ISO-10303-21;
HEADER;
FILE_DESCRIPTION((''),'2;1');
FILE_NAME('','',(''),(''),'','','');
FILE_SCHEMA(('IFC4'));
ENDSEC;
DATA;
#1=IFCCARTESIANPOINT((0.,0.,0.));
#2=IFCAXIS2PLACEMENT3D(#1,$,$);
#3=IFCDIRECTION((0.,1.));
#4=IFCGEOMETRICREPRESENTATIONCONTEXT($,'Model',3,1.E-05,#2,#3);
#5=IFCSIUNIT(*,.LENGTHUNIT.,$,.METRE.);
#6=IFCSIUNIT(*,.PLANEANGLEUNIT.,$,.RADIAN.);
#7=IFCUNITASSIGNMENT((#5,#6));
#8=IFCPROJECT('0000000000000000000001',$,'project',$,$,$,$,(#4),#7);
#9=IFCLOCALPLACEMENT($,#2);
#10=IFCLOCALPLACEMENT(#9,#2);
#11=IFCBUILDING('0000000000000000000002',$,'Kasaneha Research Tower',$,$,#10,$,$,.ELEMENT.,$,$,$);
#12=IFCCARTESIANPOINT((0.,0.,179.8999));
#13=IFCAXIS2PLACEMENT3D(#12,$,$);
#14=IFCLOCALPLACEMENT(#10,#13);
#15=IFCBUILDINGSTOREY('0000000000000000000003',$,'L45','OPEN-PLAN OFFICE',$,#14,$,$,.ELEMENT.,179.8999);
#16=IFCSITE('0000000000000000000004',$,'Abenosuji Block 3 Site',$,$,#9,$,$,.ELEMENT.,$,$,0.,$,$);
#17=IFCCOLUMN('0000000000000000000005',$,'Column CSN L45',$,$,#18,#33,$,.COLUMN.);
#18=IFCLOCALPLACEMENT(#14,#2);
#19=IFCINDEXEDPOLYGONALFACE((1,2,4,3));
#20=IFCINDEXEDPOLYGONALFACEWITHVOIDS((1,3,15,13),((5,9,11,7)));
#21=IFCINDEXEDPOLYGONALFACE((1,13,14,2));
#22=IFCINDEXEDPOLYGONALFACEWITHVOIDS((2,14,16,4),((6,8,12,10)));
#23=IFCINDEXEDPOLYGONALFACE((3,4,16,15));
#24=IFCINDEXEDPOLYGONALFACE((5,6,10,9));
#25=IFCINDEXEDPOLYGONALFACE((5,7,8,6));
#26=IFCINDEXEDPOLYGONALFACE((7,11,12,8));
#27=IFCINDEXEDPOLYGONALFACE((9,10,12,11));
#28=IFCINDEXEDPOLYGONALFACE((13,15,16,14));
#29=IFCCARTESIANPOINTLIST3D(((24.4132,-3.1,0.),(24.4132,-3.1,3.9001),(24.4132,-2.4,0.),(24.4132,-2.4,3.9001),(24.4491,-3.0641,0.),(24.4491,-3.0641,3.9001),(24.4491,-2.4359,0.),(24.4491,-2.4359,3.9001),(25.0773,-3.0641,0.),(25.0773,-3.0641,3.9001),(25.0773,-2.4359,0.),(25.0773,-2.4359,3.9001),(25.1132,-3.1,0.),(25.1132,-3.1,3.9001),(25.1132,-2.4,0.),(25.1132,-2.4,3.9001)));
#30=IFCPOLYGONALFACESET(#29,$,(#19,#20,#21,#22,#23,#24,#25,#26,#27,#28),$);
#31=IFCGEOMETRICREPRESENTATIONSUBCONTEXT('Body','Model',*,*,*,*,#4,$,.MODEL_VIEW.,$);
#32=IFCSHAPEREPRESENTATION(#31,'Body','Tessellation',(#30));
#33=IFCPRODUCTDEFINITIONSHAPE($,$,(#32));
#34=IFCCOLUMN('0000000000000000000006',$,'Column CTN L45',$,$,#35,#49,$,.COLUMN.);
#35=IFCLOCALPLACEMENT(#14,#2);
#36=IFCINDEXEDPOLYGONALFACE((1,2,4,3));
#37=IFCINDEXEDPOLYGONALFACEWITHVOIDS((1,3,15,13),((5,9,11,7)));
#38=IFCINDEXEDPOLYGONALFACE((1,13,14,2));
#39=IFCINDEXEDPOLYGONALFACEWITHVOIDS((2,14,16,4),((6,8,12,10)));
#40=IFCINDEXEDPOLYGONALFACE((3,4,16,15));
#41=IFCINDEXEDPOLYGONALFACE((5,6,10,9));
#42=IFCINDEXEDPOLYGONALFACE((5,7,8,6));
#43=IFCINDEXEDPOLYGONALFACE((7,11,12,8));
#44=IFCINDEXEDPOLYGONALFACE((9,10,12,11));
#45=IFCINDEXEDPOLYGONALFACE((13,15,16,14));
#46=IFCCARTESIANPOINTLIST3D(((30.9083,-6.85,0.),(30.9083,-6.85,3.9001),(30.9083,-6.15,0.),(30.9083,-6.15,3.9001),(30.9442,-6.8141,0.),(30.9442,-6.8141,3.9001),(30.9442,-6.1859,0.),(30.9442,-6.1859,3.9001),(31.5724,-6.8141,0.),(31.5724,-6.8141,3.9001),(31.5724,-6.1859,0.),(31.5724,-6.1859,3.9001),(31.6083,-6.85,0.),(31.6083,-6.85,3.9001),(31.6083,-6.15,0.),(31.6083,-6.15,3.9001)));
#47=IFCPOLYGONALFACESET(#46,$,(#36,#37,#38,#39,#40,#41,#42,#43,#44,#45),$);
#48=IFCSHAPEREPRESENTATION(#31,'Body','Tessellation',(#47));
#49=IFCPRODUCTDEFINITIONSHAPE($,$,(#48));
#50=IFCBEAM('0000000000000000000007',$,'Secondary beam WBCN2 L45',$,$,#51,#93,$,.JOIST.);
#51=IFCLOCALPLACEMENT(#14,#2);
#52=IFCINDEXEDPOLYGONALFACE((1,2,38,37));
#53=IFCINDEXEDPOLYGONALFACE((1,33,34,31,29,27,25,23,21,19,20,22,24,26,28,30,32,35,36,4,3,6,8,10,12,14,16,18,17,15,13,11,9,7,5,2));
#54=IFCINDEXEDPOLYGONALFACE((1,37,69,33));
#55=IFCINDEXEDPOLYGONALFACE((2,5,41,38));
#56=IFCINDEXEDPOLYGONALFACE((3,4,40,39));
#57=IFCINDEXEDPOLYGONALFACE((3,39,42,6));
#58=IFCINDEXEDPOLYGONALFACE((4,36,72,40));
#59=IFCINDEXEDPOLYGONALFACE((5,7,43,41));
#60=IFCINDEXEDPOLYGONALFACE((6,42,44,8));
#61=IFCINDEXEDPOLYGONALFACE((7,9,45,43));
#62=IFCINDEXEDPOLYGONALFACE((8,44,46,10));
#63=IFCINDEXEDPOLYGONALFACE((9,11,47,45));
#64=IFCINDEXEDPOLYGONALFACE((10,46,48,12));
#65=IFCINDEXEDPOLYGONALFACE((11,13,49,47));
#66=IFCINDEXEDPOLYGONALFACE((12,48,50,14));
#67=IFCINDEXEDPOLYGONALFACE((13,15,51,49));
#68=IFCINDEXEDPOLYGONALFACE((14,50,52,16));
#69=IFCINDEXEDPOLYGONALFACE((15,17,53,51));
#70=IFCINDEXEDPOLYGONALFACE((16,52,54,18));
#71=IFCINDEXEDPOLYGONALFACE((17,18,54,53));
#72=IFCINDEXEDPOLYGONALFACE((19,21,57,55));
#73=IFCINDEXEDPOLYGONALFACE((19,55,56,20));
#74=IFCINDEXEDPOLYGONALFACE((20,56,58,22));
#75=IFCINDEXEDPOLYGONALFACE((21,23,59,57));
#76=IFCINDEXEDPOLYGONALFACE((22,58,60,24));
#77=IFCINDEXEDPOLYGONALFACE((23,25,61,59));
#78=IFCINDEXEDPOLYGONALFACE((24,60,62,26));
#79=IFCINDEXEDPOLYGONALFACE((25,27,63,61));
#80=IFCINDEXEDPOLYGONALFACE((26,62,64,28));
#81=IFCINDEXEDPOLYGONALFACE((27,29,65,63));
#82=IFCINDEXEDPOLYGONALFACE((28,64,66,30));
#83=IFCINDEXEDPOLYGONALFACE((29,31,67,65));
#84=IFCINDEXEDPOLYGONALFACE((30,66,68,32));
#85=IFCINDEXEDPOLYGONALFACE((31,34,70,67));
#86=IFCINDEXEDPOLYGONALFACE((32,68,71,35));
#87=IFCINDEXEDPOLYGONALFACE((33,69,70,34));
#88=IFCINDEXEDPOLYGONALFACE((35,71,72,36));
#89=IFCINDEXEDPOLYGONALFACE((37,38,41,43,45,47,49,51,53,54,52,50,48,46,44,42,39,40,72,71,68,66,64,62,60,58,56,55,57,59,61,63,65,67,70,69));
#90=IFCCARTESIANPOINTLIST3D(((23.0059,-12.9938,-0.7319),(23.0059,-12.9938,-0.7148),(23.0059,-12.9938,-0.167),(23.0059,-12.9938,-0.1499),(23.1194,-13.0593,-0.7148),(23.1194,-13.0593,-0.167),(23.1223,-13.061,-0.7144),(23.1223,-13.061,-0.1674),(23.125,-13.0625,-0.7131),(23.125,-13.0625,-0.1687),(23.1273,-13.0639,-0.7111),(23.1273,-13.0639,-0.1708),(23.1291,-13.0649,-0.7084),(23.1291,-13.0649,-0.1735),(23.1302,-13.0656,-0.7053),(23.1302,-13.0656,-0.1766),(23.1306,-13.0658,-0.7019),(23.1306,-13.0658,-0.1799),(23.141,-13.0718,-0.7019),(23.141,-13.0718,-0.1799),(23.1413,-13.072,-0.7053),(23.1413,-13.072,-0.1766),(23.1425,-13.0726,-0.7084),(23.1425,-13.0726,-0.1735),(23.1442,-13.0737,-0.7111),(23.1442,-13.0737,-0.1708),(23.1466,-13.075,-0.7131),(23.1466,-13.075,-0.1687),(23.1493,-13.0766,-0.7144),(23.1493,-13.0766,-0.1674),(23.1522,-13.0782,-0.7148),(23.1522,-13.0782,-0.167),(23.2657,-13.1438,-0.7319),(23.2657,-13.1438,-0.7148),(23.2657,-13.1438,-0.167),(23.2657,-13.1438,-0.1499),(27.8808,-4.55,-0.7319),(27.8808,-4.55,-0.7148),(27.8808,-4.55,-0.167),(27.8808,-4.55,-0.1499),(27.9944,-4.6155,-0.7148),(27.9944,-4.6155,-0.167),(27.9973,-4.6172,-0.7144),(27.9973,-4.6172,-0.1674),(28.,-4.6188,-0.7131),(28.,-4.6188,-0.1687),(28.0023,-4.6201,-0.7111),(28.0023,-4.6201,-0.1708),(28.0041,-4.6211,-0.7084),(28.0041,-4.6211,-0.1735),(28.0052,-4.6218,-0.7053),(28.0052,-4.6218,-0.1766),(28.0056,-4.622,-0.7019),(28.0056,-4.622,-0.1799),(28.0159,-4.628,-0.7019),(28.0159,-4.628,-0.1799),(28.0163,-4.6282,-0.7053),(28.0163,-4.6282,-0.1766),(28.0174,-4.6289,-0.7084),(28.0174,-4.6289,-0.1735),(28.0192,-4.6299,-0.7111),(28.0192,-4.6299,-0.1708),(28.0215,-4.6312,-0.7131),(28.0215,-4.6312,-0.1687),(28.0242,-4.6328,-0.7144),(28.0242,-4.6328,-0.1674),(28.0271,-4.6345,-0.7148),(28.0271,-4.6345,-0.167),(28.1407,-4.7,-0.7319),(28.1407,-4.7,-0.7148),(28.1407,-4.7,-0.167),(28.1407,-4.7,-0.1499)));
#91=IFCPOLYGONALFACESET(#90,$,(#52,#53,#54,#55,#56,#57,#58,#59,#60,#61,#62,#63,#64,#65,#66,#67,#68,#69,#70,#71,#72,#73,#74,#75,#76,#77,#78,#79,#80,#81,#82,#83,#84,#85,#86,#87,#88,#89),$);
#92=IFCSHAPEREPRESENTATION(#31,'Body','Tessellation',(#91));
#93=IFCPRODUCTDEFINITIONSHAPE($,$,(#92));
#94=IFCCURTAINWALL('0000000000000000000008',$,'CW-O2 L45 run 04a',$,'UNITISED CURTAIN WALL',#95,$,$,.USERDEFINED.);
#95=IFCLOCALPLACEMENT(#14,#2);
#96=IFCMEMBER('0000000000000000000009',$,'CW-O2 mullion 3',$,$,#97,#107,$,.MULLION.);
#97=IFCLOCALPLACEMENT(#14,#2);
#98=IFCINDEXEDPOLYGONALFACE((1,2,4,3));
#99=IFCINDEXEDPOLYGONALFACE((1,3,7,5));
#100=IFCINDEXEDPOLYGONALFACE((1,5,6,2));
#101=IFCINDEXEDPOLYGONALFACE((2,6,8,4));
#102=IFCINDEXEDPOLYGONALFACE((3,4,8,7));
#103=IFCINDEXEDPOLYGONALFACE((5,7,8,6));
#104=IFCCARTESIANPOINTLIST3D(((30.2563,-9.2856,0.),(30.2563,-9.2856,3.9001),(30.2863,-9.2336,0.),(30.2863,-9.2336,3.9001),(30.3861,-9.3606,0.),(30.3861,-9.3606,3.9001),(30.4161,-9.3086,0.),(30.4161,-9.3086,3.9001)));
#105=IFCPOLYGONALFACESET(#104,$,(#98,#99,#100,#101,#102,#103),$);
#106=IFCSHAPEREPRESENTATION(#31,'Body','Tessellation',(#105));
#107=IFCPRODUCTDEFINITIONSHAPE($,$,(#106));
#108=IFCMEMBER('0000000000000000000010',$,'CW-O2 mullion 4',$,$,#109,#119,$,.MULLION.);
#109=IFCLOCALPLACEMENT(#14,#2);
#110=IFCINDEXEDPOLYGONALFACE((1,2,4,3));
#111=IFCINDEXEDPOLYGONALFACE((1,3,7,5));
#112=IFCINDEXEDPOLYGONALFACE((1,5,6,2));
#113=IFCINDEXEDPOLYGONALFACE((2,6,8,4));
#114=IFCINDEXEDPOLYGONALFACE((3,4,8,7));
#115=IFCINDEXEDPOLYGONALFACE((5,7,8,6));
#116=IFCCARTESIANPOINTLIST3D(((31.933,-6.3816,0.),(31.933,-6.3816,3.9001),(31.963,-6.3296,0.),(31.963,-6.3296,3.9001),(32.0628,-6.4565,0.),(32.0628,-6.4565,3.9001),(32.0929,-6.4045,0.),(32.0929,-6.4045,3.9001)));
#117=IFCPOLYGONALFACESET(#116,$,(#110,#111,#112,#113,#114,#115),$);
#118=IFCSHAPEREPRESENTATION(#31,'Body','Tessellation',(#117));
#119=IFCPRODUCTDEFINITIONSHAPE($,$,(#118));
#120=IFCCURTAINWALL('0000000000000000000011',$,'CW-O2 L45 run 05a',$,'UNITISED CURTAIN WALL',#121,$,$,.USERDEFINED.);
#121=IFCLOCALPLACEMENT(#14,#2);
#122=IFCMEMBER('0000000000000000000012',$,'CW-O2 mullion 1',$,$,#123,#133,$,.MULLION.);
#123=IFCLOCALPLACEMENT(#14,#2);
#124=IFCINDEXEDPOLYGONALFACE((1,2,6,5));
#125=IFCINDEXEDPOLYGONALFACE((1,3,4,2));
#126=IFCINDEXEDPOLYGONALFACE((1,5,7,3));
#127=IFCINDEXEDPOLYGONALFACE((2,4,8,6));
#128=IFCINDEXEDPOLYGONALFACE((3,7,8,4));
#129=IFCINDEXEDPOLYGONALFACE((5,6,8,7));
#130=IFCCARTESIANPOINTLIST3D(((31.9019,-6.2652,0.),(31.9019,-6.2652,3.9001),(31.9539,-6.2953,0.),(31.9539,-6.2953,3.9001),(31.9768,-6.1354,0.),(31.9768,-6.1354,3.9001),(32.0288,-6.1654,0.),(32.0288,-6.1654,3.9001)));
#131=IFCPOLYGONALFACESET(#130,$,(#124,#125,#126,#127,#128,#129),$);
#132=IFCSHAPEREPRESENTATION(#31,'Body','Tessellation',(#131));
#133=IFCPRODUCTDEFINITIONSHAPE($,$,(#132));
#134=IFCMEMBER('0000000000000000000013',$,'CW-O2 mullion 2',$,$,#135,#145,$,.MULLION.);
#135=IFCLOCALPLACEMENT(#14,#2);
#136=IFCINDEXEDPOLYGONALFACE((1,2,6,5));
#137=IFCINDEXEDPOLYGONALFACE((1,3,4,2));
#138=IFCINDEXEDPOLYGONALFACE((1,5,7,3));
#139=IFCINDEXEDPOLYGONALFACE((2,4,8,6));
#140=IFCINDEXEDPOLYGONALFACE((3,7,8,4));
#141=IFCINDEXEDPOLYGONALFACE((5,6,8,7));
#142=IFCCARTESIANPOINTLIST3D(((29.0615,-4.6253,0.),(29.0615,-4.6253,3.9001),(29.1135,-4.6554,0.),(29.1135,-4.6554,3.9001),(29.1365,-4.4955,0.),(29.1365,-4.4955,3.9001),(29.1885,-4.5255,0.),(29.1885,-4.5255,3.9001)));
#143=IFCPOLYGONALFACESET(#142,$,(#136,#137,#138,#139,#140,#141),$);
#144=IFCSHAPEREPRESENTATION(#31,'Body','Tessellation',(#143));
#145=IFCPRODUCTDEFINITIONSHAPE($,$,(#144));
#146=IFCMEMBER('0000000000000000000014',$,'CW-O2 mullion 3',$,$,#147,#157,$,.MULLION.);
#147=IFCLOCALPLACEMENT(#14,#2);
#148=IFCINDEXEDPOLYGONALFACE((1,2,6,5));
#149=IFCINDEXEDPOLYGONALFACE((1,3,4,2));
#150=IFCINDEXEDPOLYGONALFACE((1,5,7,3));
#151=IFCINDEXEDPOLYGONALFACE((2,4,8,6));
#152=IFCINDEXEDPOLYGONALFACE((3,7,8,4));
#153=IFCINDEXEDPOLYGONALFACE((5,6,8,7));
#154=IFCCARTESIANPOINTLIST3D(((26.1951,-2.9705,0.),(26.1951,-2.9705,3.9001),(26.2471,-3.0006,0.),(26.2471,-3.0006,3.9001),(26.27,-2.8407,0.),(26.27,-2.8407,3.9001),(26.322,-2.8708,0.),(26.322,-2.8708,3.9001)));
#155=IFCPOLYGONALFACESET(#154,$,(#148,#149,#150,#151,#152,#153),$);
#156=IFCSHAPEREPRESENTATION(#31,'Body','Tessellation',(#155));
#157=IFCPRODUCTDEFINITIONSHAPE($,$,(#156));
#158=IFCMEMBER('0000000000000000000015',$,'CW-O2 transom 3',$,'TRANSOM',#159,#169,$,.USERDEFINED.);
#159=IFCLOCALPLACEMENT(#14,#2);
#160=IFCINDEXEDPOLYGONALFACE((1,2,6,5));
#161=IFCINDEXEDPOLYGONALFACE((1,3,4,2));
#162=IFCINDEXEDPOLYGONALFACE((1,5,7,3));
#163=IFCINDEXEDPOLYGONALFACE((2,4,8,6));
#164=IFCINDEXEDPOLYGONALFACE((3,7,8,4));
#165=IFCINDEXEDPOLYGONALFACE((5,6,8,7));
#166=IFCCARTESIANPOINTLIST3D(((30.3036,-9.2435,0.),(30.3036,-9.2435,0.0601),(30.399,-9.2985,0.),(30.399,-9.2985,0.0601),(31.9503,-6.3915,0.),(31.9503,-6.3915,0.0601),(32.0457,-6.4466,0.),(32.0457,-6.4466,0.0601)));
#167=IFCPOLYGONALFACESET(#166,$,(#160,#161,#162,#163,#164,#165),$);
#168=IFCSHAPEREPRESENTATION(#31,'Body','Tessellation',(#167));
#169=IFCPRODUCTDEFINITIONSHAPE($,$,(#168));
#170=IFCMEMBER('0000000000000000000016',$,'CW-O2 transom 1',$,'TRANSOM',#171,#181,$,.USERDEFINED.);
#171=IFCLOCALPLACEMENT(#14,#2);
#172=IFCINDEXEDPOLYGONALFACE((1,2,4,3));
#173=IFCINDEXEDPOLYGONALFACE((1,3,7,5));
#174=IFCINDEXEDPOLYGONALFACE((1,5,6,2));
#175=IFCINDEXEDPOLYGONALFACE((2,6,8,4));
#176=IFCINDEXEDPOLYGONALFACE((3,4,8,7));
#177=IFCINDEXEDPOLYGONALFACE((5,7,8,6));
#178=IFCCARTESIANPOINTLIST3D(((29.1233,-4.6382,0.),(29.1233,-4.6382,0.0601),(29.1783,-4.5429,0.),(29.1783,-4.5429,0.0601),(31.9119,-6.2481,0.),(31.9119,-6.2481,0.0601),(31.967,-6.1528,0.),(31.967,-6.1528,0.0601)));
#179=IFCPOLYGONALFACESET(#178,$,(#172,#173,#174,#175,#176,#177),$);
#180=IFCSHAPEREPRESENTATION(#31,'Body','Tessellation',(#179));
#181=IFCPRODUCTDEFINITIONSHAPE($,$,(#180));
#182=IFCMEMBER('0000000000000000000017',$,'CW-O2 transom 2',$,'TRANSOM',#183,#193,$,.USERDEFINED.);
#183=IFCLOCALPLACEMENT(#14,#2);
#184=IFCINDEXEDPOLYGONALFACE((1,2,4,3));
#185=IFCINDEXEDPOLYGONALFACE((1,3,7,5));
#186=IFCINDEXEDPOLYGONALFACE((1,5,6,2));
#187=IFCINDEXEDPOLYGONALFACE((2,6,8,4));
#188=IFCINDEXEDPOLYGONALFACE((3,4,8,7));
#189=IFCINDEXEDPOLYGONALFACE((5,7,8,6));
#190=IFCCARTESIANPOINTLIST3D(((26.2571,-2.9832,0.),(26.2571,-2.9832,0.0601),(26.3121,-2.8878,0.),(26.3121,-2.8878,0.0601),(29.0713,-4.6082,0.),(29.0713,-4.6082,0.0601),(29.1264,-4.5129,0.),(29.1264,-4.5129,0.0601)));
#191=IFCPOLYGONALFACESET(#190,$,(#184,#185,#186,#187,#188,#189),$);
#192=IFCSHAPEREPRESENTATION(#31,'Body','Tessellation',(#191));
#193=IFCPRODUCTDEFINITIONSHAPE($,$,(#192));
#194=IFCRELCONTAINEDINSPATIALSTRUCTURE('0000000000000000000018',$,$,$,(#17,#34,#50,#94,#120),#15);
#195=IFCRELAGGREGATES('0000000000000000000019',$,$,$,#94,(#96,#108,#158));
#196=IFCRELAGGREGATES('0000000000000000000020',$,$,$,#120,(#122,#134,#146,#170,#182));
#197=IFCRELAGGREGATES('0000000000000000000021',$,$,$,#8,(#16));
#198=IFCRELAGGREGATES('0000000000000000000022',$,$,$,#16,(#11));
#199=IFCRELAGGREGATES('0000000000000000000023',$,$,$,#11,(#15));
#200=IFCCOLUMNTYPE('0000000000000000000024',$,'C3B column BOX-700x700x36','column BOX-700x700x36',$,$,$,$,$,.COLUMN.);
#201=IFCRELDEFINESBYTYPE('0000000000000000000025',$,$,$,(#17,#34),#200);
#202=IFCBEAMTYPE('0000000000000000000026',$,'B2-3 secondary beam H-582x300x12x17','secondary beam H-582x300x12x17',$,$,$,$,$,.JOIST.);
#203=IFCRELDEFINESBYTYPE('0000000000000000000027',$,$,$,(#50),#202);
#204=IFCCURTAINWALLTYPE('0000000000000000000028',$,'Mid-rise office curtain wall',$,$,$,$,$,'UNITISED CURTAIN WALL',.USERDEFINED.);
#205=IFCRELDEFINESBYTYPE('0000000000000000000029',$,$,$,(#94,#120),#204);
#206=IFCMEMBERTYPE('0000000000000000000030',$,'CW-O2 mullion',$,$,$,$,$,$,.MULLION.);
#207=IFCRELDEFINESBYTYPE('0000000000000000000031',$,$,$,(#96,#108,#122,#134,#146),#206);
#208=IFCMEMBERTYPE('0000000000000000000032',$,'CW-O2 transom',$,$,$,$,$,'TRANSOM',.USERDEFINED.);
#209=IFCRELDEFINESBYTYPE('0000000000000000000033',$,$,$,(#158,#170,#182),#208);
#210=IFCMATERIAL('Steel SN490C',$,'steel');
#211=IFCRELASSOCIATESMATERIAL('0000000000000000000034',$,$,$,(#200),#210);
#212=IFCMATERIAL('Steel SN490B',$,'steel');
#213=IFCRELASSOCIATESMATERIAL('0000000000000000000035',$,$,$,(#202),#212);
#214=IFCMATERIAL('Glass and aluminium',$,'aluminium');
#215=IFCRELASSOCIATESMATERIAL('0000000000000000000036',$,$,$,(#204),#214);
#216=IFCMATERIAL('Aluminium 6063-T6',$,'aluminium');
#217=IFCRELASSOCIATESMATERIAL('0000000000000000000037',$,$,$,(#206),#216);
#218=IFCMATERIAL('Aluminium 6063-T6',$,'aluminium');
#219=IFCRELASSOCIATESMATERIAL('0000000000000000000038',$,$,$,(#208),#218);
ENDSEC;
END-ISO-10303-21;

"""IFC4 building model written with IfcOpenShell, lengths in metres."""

from ifc_helpers import new_model, si_unit, direction, frame, origin, origin_2d, place, context, subcontext, project, spatial, rectangle, hollow_rectangle, i_section, extrude, material, material_profile, profile_set, type_object, element, aggregate, save


model = new_model("IFC4")

# Units and contexts
model_context = context("Model", 3, precision=1e-05, world=origin(), true_north=direction((0.0, 1.0)))
body_context = subcontext(model_context, "Body", "Model", "MODEL_VIEW")
ifc_project = project(units=[si_unit("LENGTHUNIT", "METRE"), si_unit("PLANEANGLEUNIT", "RADIAN")], contexts=[model_context])

# Site, building, storey
site_placement = place(None, origin())
site = spatial("IfcSite", under=ifc_project, at=site_placement, Name="Abenosuji Block 3 Site", CompositionType="ELEMENT", RefElevation=0.0)
building_placement = place(site_placement, origin())
building = spatial("IfcBuilding", under=site, at=building_placement, Name="Kasaneha Research Tower", CompositionType="ELEMENT")
storey_placement = place(building_placement, frame((0.0, 0.0, 179.8999)))
storey = spatial("IfcBuildingStorey", under=building, at=storey_placement, Name="L45", Description="OPEN-PLAN OFFICE", CompositionType="ELEMENT", Elevation=179.8999)

# Columns
ifc_material_1 = material(Name="Steel SN490C", Category="steel")
ifc_material_profile_1 = material_profile(ifc_material_1, hollow_rectangle(XDim=0.7, YDim=0.7, WallThickness=0.0359, at=origin_2d()), Name="BOX-700x700x36")
ifc_profile_set_1 = profile_set([ifc_material_profile_1], Name="Steel SN490C")
column_type = type_object("IfcColumnType", Name="C3B column BOX-700x700x36", Description="column BOX-700x700x36", PredefinedType="COLUMN", material=ifc_profile_set_1)
for number, where, z_axis, x_axis, name in (
    (1, (24.7632, -2.75, 0.0), (0.0, 0.0, 1.0), (1.0, 0.0, 0.0), "Column CSN L45"),
    (2, (31.2583, -6.5, 0.0), (0.0, 0.0, 1.0), (1.0, 0.0, 0.0), "Column CTN L45"),
):
    element("IfcColumn", number, at=place(storey_placement, frame(where, z_axis=z_axis, x_axis=x_axis)), inside=storey, type_object=column_type, Name=name, PredefinedType="COLUMN", context=body_context, shape_type="SweptSolid", body=[
        extrude(hollow_rectangle(XDim=0.7, YDim=0.7, WallThickness=0.0359, at=origin_2d()), origin(), (0.0, 0.0, 1.0), 3.9001),
    ])

# Beam
ifc_material_2 = material(Name="Steel SN490B", Category="steel")
ifc_material_profile_2 = material_profile(ifc_material_2, i_section(OverallWidth=0.3, OverallDepth=0.582, WebThickness=0.012, FlangeThickness=0.0171, FilletRadius=0.0129, at=origin_2d()), Name="H-582x300x12x17")
ifc_profile_set_2 = profile_set([ifc_material_profile_2], Name="Steel SN490B")
beam_type_1 = type_object("IfcBeamType", Name="B2-3 secondary beam H-582x300x12x17", Description="secondary beam H-582x300x12x17", PredefinedType="JOIST", material=ifc_profile_set_2)
beam_1_placement = place(storey_placement, frame((28.0107, -4.625, -0.4409), z_axis=(-0.499996, -0.866028, 0.0), x_axis=(0.866028, -0.499996, 0.0)))
element("IfcBeam", 3, at=beam_1_placement, inside=storey, type_object=beam_type_1, Name="Secondary beam WBCN2 L45", PredefinedType="JOIST", context=body_context, shape_type="SweptSolid", body=[
    extrude(i_section(OverallWidth=0.3, OverallDepth=0.582, WebThickness=0.012, FlangeThickness=0.0171, FilletRadius=0.0129, at=origin_2d()), origin(), (0.0, 0.0, 1.0), 9.75),
])

# Curtain walls, members
ifc_material_3 = material(Name="Glass and aluminium", Category="aluminium")
curtain_wall_type = type_object("IfcCurtainWallType", Name="Mid-rise office curtain wall", ElementType="UNITISED CURTAIN WALL", PredefinedType="USERDEFINED", material=ifc_material_3)
curtain_wall_1_placement = place(storey_placement, origin())
curtain_wall_1 = element("IfcCurtainWall", 4, at=curtain_wall_1_placement, inside=storey, type_object=curtain_wall_type, Name="CW-O2 L45 run 04a", ObjectType="UNITISED CURTAIN WALL", PredefinedType="USERDEFINED")
ifc_material_4 = material(Name="Aluminium 6063-T6", Category="aluminium")
ifc_material_profile_3 = material_profile(ifc_material_4, rectangle(XDim=0.0601, YDim=0.1499, at=origin_2d()), Name="CW-O2 mullion 60x150")
ifc_profile_set_3 = profile_set([ifc_material_profile_3], Name="Aluminium 6063-T6")
member_type_1 = type_object("IfcMemberType", Name="CW-O2 mullion", PredefinedType="MULLION", material=ifc_profile_set_3)
member_1_placement = place(storey_placement, frame((30.3362, -9.2971, 0.0), z_axis=(0.0, 0.0, 1.0), x_axis=(0.5, 0.866025, 0.0)))
member_1 = element("IfcMember", 5, at=member_1_placement, type_object=member_type_1, Name="CW-O2 mullion 3", PredefinedType="MULLION", context=body_context, shape_type="SweptSolid", body=[
    extrude(rectangle(XDim=0.0601, YDim=0.1499, at=origin_2d()), origin(), (0.0, 0.0, 1.0), 3.9001),
])
member_2_placement = place(storey_placement, frame((32.0129, -6.3931, 0.0), z_axis=(0.0, 0.0, 1.0), x_axis=(0.5, 0.866025, 0.0)))
member_2 = element("IfcMember", 6, at=member_2_placement, type_object=member_type_1, Name="CW-O2 mullion 4", PredefinedType="MULLION", context=body_context, shape_type="SweptSolid", body=[
    extrude(rectangle(XDim=0.0601, YDim=0.1499, at=origin_2d()), origin(), (0.0, 0.0, 1.0), 3.9001),
])
curtain_wall_2_placement = place(storey_placement, origin())
curtain_wall_2 = element("IfcCurtainWall", 7, at=curtain_wall_2_placement, inside=storey, type_object=curtain_wall_type, Name="CW-O2 L45 run 05a", ObjectType="UNITISED CURTAIN WALL", PredefinedType="USERDEFINED")
member_3_placement = place(storey_placement, frame((31.9653, -6.2153, 0.0), z_axis=(0.0, 0.0, 1.0), x_axis=(-0.866025, 0.5, 0.0)))
member_3 = element("IfcMember", 8, at=member_3_placement, type_object=member_type_1, Name="CW-O2 mullion 1", PredefinedType="MULLION", context=body_context, shape_type="SweptSolid", body=[
    extrude(rectangle(XDim=0.0601, YDim=0.1499, at=origin_2d()), origin(), (0.0, 0.0, 1.0), 3.9001),
])
member_4_placement = place(storey_placement, frame((29.125, -4.5754, 0.0), z_axis=(0.0, 0.0, 1.0), x_axis=(-0.866025, 0.5, 0.0)))
member_4 = element("IfcMember", 9, at=member_4_placement, type_object=member_type_1, Name="CW-O2 mullion 2", PredefinedType="MULLION", context=body_context, shape_type="SweptSolid", body=[
    extrude(rectangle(XDim=0.0601, YDim=0.1499, at=origin_2d()), origin(), (0.0, 0.0, 1.0), 3.9001),
])
member_5_placement = place(storey_placement, frame((26.2585, -2.9207, 0.0), z_axis=(0.0, 0.0, 1.0), x_axis=(-0.866025, 0.5, 0.0)))
member_5 = element("IfcMember", 10, at=member_5_placement, type_object=member_type_1, Name="CW-O2 mullion 3", PredefinedType="MULLION", context=body_context, shape_type="SweptSolid", body=[
    extrude(rectangle(XDim=0.0601, YDim=0.1499, at=origin_2d()), origin(), (0.0, 0.0, 1.0), 3.9001),
])

# Members
ifc_material_5 = material(Name="Aluminium 6063-T6", Category="aluminium")
ifc_material_profile_4 = material_profile(ifc_material_5, rectangle(XDim=0.1101, YDim=0.0601, at=origin_2d()), Name="CW-O2 transom 110x60")
ifc_profile_set_4 = profile_set([ifc_material_profile_4], Name="Aluminium 6063-T6")
member_type_2 = type_object("IfcMemberType", Name="CW-O2 transom", ElementType="TRANSOM", PredefinedType="USERDEFINED", material=ifc_profile_set_4)
member_6_placement = place(storey_placement, frame((30.3513, -9.271, 0.03), z_axis=(0.500022, 0.866013, 0.0), x_axis=(-0.866013, 0.500022, 0.0)))
member_6 = element("IfcMember", 11, at=member_6_placement, type_object=member_type_2, Name="CW-O2 transom 3", ObjectType="TRANSOM", PredefinedType="USERDEFINED", context=body_context, shape_type="SweptSolid", body=[
    extrude(rectangle(XDim=0.1101, YDim=0.0601, at=origin_2d()), origin(), (0.0, 0.0, 1.0), 3.2932),
])
member_7_placement = place(storey_placement, frame((31.9395, -6.2004, 0.03), z_axis=(-0.866042, 0.499972, 0.0), x_axis=(-0.499972, -0.866042, 0.0)))
member_7 = element("IfcMember", 12, at=member_7_placement, type_object=member_type_2, Name="CW-O2 transom 1", ObjectType="TRANSOM", PredefinedType="USERDEFINED", context=body_context, shape_type="SweptSolid", body=[
    extrude(rectangle(XDim=0.1101, YDim=0.0601, at=origin_2d()), origin(), (0.0, 0.0, 1.0), 3.22),
])
member_8_placement = place(storey_placement, frame((29.0989, -4.5605, 0.03), z_axis=(-0.865997, 0.50005, 0.0), x_axis=(-0.50005, -0.865997, 0.0)))
member_8 = element("IfcMember", 13, at=member_8_placement, type_object=member_type_2, Name="CW-O2 transom 2", ObjectType="TRANSOM", PredefinedType="USERDEFINED", context=body_context, shape_type="SweptSolid", body=[
    extrude(rectangle(XDim=0.1101, YDim=0.0601, at=origin_2d()), origin(), (0.0, 0.0, 1.0), 3.2498),
])

aggregate(curtain_wall_1, [member_1, member_2, member_6])
aggregate(curtain_wall_2, [member_3, member_4, member_5, member_7, member_8])

save(model, "model.ifc")
